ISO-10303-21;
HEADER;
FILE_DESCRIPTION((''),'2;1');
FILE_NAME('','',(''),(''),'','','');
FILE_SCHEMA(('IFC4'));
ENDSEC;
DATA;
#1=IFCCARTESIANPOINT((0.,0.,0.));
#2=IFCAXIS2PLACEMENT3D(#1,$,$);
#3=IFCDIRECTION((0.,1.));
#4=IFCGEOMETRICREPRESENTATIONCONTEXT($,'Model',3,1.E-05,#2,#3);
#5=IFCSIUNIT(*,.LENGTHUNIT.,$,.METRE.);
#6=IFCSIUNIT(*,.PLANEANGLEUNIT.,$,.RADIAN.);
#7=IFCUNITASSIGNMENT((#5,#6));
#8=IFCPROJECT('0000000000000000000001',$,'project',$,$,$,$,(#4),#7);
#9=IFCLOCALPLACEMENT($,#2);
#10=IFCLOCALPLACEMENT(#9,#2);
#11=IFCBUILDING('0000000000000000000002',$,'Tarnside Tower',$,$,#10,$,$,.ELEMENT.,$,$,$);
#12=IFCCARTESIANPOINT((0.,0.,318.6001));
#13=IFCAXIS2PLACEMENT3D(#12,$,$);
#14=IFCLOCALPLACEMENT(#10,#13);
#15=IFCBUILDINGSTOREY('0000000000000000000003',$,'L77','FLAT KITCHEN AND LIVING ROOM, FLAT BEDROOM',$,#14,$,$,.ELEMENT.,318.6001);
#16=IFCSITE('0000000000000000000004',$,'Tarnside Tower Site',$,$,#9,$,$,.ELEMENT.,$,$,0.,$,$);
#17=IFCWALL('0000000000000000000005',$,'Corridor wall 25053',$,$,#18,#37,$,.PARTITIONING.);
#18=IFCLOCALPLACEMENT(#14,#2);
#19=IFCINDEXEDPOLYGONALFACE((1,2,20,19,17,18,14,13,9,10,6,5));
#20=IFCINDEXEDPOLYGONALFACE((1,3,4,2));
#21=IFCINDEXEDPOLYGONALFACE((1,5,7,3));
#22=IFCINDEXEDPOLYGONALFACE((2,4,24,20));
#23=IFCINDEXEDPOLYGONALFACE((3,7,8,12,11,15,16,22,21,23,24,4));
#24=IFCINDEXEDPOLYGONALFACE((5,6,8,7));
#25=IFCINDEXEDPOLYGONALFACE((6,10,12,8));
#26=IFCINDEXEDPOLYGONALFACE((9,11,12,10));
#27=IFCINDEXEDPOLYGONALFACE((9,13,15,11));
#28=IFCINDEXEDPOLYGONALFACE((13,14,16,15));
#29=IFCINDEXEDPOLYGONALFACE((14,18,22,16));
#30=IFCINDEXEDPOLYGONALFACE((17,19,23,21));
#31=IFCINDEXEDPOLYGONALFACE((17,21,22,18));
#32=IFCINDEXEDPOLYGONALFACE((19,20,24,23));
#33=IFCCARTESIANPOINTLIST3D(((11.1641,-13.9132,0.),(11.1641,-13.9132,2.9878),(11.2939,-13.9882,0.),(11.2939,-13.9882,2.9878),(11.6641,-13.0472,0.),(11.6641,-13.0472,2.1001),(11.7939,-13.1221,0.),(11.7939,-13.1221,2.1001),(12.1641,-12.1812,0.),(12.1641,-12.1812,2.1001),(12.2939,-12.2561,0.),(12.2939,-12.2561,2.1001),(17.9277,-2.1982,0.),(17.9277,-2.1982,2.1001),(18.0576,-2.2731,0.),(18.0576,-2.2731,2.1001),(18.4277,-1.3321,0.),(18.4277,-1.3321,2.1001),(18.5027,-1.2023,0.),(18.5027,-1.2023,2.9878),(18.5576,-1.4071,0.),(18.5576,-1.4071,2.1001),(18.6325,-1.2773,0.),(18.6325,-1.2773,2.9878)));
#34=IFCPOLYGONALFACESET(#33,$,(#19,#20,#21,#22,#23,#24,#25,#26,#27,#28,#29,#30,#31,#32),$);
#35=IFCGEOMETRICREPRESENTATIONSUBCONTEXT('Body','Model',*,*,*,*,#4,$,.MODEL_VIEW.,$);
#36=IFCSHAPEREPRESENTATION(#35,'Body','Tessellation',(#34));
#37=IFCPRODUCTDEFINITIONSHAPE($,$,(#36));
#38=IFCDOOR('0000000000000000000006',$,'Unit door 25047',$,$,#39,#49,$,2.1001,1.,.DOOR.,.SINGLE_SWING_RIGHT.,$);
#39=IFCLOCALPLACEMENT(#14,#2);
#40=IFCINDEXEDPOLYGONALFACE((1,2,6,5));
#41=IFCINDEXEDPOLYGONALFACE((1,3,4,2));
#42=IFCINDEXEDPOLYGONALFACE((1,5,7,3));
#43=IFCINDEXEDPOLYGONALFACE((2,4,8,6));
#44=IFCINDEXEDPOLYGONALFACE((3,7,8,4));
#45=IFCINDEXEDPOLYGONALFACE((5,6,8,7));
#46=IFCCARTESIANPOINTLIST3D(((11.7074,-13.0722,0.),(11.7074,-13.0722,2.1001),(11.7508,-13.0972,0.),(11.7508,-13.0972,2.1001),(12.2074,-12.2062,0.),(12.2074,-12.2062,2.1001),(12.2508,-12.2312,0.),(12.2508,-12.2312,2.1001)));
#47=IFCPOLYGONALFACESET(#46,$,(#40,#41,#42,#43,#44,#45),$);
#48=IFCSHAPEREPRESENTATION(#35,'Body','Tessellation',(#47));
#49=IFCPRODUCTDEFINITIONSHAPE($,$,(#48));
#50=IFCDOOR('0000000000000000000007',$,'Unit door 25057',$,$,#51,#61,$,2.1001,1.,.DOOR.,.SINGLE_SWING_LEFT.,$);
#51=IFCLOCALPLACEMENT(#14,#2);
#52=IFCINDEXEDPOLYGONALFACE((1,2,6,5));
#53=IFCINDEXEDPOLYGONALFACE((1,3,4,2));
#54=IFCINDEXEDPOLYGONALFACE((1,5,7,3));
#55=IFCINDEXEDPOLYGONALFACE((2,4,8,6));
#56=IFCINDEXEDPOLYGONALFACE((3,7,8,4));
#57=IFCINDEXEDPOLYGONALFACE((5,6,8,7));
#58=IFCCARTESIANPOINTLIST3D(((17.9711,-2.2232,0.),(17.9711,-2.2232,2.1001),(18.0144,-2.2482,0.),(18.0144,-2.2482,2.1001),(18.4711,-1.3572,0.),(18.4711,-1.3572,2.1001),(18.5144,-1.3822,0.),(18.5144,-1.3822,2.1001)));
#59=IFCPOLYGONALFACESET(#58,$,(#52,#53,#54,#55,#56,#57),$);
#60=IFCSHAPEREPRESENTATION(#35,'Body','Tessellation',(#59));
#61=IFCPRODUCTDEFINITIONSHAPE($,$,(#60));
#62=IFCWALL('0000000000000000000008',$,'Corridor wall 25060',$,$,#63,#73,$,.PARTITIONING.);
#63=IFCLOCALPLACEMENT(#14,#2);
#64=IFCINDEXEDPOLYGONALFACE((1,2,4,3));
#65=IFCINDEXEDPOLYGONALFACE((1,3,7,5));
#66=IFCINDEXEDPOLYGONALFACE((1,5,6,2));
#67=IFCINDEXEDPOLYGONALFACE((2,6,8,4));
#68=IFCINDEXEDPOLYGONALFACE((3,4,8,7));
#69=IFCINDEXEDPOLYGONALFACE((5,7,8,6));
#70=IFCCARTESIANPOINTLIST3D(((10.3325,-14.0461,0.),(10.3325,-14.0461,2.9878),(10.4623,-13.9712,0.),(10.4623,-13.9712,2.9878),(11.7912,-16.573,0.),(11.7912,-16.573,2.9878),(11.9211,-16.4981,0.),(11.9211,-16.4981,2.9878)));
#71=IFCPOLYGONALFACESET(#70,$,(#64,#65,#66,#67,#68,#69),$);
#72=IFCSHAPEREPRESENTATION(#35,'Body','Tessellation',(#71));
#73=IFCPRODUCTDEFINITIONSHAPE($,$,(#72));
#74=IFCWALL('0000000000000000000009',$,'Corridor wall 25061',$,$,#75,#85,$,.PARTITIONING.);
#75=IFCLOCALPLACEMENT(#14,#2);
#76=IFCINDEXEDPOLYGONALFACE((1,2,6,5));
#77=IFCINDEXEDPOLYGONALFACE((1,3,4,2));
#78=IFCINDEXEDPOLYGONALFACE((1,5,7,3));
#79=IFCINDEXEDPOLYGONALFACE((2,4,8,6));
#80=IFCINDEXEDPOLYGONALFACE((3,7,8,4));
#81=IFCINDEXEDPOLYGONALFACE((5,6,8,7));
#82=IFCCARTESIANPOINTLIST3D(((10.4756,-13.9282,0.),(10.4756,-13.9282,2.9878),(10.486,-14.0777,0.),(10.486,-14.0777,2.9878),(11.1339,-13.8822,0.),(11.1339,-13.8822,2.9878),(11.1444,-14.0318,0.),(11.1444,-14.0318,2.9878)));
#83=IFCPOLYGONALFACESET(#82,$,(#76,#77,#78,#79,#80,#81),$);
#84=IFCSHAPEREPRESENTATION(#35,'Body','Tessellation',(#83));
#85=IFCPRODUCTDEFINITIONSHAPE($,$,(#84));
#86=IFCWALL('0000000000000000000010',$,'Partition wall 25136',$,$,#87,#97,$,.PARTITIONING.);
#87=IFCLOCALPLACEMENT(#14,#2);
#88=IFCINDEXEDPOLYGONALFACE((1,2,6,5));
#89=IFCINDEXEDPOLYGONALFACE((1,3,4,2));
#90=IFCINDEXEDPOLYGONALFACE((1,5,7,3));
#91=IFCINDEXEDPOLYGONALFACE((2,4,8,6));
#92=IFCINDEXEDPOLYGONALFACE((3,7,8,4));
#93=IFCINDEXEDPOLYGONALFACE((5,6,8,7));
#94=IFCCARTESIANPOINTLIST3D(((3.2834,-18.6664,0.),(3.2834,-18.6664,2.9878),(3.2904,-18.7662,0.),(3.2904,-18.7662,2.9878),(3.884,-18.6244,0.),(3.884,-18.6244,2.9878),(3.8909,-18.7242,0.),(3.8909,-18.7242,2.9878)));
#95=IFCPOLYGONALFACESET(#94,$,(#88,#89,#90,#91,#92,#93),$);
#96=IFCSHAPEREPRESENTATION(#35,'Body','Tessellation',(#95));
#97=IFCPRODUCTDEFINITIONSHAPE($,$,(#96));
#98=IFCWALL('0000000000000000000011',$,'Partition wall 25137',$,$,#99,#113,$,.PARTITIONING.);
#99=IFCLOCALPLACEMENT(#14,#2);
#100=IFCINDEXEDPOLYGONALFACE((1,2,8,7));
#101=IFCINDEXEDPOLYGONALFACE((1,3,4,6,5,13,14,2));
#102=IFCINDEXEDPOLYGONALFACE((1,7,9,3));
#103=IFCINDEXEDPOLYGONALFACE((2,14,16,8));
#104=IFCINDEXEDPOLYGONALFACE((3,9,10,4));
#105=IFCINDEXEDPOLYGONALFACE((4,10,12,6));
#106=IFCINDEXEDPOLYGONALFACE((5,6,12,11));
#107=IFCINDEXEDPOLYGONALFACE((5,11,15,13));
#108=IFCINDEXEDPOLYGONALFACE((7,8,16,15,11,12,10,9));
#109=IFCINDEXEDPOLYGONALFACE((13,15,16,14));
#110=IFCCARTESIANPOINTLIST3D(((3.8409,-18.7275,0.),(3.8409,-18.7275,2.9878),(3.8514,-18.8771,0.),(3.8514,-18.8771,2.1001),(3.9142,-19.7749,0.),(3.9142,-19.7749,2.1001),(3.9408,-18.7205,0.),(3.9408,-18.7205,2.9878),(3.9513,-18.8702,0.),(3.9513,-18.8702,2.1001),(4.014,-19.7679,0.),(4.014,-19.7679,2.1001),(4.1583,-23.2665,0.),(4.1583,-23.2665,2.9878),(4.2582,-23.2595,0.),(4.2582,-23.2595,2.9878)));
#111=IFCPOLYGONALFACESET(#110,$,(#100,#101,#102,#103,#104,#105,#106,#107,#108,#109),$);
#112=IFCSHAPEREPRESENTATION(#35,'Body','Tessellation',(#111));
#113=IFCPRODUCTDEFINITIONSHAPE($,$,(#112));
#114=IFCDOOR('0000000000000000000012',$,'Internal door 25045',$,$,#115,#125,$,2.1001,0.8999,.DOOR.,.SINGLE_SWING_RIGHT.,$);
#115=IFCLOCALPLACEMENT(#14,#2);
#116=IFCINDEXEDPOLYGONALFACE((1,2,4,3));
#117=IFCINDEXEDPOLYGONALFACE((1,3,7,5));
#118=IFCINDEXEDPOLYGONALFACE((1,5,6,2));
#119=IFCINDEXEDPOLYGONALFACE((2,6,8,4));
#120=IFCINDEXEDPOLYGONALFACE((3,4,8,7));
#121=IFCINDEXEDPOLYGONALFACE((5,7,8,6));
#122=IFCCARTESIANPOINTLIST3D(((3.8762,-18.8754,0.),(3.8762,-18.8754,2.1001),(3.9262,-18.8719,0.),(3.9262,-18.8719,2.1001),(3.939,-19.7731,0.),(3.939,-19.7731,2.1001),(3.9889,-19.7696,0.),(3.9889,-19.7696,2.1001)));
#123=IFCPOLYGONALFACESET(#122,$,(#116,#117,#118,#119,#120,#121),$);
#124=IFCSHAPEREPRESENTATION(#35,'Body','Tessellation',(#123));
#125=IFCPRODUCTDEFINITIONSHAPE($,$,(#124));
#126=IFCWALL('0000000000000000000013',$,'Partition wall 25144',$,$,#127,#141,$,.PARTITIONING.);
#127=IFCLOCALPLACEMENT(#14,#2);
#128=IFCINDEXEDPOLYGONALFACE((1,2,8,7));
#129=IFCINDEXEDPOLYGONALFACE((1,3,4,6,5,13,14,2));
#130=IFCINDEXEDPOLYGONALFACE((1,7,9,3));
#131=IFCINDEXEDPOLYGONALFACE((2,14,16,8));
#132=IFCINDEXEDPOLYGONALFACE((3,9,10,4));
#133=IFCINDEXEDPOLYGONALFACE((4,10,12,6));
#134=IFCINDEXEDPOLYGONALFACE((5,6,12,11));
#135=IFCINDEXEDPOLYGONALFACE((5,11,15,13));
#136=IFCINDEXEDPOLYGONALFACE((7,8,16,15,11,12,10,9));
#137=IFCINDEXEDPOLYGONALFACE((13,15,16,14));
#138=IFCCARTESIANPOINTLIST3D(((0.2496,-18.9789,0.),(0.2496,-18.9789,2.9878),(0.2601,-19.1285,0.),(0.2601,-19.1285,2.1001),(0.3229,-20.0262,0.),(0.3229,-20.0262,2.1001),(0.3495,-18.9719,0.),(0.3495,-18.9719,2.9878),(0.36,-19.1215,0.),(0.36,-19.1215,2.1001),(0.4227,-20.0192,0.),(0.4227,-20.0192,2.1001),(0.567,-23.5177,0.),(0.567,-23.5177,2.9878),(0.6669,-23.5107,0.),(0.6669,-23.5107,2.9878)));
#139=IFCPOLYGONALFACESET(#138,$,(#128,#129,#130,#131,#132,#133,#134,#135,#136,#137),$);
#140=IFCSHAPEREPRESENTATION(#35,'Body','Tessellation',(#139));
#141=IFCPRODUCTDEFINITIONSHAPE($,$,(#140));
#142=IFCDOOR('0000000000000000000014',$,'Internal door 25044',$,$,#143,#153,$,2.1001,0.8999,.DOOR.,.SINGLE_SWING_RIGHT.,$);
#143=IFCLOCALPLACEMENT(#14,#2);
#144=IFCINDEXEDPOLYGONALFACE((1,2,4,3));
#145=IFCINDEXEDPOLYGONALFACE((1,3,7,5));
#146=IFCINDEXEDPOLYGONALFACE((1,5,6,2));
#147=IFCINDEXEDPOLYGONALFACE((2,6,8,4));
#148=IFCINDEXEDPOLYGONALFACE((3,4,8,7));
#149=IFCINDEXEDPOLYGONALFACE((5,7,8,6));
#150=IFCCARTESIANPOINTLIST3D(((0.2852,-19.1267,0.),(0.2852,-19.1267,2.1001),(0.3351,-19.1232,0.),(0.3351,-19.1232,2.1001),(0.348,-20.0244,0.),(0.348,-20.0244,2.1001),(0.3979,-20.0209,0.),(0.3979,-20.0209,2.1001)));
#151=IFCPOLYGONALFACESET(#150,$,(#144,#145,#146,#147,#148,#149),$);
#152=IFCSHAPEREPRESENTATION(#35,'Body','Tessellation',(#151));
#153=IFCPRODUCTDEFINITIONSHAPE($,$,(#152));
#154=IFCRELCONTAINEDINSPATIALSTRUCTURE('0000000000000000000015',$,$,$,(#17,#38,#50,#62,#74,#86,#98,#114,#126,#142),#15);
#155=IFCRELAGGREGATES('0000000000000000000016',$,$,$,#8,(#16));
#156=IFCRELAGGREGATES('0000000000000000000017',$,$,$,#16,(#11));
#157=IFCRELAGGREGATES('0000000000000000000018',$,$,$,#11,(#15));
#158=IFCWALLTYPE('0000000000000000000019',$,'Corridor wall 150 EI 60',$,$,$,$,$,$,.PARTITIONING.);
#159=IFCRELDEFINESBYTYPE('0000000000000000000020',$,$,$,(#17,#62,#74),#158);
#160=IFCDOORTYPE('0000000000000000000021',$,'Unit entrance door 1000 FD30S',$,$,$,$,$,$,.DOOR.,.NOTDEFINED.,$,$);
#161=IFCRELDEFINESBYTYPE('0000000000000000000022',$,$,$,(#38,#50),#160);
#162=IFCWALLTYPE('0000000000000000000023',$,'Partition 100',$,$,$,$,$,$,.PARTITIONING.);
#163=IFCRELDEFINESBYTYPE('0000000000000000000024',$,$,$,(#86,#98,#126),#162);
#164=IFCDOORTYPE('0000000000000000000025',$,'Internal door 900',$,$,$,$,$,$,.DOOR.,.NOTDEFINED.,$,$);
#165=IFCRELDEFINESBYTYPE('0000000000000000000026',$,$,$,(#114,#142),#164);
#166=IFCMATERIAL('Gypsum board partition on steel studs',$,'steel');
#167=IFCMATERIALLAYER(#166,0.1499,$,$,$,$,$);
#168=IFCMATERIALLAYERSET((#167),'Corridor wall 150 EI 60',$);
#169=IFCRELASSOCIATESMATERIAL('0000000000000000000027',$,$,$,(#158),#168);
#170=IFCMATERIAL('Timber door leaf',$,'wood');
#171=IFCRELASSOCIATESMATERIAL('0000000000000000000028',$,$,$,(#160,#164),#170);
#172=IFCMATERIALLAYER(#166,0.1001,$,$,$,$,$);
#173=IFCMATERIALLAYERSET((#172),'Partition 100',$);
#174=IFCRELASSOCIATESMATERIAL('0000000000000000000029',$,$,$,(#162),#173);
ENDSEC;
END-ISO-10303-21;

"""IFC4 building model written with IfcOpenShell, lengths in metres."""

from ifc_helpers import new_model, si_unit, direction, frame, frame_2d, origin, place, context, subcontext, project, spatial, rectangle, extrude, material, layer, layer_set, type_object, element, fill, save


model = new_model("IFC4")

# Units and contexts
model_context = context("Model", 3, precision=1e-05, world=origin(), true_north=direction((0.0, 1.0)))
body_context = subcontext(model_context, "Body", "Model", "MODEL_VIEW")
ifc_project = project(units=[si_unit("LENGTHUNIT", "METRE"), si_unit("PLANEANGLEUNIT", "RADIAN")], contexts=[model_context])

# Site, building, storey
site_placement = place(None, origin())
site = spatial("IfcSite", under=ifc_project, at=site_placement, Name="Tarnside Tower Site", CompositionType="ELEMENT", RefElevation=0.0)
building_placement = place(site_placement, origin())
building = spatial("IfcBuilding", under=site, at=building_placement, Name="Tarnside Tower", CompositionType="ELEMENT")
storey_placement = place(building_placement, frame((0.0, 0.0, 318.6001)))
storey = spatial("IfcBuildingStorey", under=building, at=storey_placement, Name="L77", Description="FLAT KITCHEN AND LIVING ROOM, FLAT BEDROOM", CompositionType="ELEMENT", Elevation=318.6001)

# Shared definitions
ifc_material_1 = material(Name="Gypsum board partition on steel studs", Category="steel")

# Shared definitions
ifc_material_2 = material(Name="Timber door leaf", Category="wood")

# Shared definitions
ifc_layer_1 = layer(ifc_material_1, 0.1499)
ifc_layer_set_1 = layer_set([ifc_layer_1], Name="Corridor wall 150 EI 60")
wall_type_1 = type_object("IfcWallType", Name="Corridor wall 150 EI 60", PredefinedType="PARTITIONING", material=ifc_layer_set_1)

# Wall, openings, doors
wall_1_placement = place(storey_placement, frame((11.229, -13.9507, 0.0), z_axis=(0.0, 0.0, 1.0), x_axis=(0.499998, 0.866027, 0.0)))
wall_1 = element("IfcWall", 1, at=wall_1_placement, inside=storey, type_object=wall_type_1, Name="Corridor wall 25053", PredefinedType="PARTITIONING", context=body_context, shape_type="SweptSolid", body=[
    extrude(rectangle(XDim=14.6772, YDim=0.1499, at=frame_2d((7.3386, 0.0))), origin(), (0.0, 0.0, 1.0), 2.9878),
])
opening_1_placement = place(wall_1_placement, frame((1.0, 0.0, 0.0)))
opening_1 = element("IfcOpeningElement", 2, at=opening_1_placement, cuts=wall_1, PredefinedType="OPENING", context=body_context, shape_type="SweptSolid", body=[
    extrude(rectangle(XDim=1.0, YDim=2.1001, at=frame_2d((0.5, 1.05))), frame((0.0, 0.085, 0.0), z_axis=(0.0, -1.0, 0.0), x_axis=(1.0, 0.0, 0.0)), (0.0, 0.0, 1.0), 0.1699),
])
opening_2_placement = place(wall_1_placement, frame((13.5273, 0.0, 0.0)))
opening_2 = element("IfcOpeningElement", 3, at=opening_2_placement, cuts=wall_1, PredefinedType="OPENING", context=body_context, shape_type="SweptSolid", body=[
    extrude(rectangle(XDim=1.0, YDim=2.1001, at=frame_2d((0.5, 1.05))), frame((0.0, 0.085, 0.0), z_axis=(0.0, -1.0, 0.0), x_axis=(1.0, 0.0, 0.0)), (0.0, 0.0, 1.0), 0.1699),
])
door_type_1 = type_object("IfcDoorType", Name="Unit entrance door 1000 FD30S", OperationType="NOTDEFINED", PredefinedType="DOOR", material=ifc_material_2)
door_1_placement = place(opening_1_placement, origin())
door_1 = element("IfcDoor", 4, at=door_1_placement, inside=storey, type_object=door_type_1, Name="Unit door 25047", OperationType="SINGLE_SWING_RIGHT", OverallHeight=2.1001, OverallWidth=1.0, PredefinedType="DOOR", context=body_context, shape_type="SweptSolid", body=[
    extrude(rectangle(XDim=1.0, YDim=2.1001, at=frame_2d((0.5, 1.05))), frame((0.0, 0.0249, 0.0), z_axis=(0.0, -1.0, 0.0), x_axis=(1.0, 0.0, 0.0)), (0.0, 0.0, 1.0), 0.05),
])
fill(opening_1, door_1)
door_2_placement = place(opening_2_placement, origin())
door_2 = element("IfcDoor", 5, at=door_2_placement, inside=storey, type_object=door_type_1, Name="Unit door 25057", OperationType="SINGLE_SWING_LEFT", OverallHeight=2.1001, OverallWidth=1.0, PredefinedType="DOOR", context=body_context, shape_type="SweptSolid", body=[
    extrude(rectangle(XDim=1.0, YDim=2.1001, at=frame_2d((0.5, 1.05))), frame((0.0, 0.0249, 0.0), z_axis=(0.0, -1.0, 0.0), x_axis=(1.0, 0.0, 0.0)), (0.0, 0.0, 1.0), 0.05),
])
fill(opening_2, door_2)

# Walls
wall_2_placement = place(storey_placement, frame((11.8562, -16.5356, 0.0), z_axis=(0.0, 0.0, 1.0), x_axis=(-0.499964, 0.866046, 0.0)))
element("IfcWall", 6, at=wall_2_placement, inside=storey, type_object=wall_type_1, Name="Corridor wall 25060", PredefinedType="PARTITIONING", context=body_context, shape_type="SweptSolid", body=[
    extrude(rectangle(XDim=2.9177, YDim=0.1499, at=frame_2d((1.459, 0.0))), origin(), (0.0, 0.0, 1.0), 2.9878),
])
wall_3_placement = place(storey_placement, frame((10.4807, -14.0029, 0.0), z_axis=(0.0, 0.0, 1.0), x_axis=(0.997577, 0.069564, 0.0)))
element("IfcWall", 7, at=wall_3_placement, inside=storey, type_object=wall_type_1, Name="Corridor wall 25061", PredefinedType="PARTITIONING", context=body_context, shape_type="SweptSolid", body=[
    extrude(rectangle(XDim=0.6599, YDim=0.1499, at=frame_2d((0.3301, 0.0))), origin(), (0.0, 0.0, 1.0), 2.9878),
])
ifc_layer_2 = layer(ifc_material_1, 0.1001)
ifc_layer_set_2 = layer_set([ifc_layer_2], Name="Partition 100")
wall_type_2 = type_object("IfcWallType", Name="Partition 100", PredefinedType="PARTITIONING", material=ifc_layer_set_2)
wall_4_placement = place(storey_placement, frame((3.2869, -18.7163, 0.0), z_axis=(0.0, 0.0, 1.0), x_axis=(0.997565, 0.069748, 0.0)))
element("IfcWall", 8, at=wall_4_placement, inside=storey, type_object=wall_type_2, Name="Partition wall 25136", PredefinedType="PARTITIONING", context=body_context, shape_type="SweptSolid", body=[
    extrude(rectangle(XDim=0.6021, YDim=0.1001, at=frame_2d((0.301, 0.0))), origin(), (0.0, 0.0, 1.0), 2.9878),
])

# Walls, openings, doors
wall_5_placement = place(storey_placement, frame((3.8909, -18.7241, 0.0), z_axis=(0.0, 0.0, 1.0), x_axis=(0.069752, -0.997564, 0.0)))
wall_5 = element("IfcWall", 9, at=wall_5_placement, inside=storey, type_object=wall_type_2, Name="Partition wall 25137", PredefinedType="PARTITIONING", context=body_context, shape_type="SweptSolid", body=[
    extrude(rectangle(XDim=4.55, YDim=0.1001, at=frame_2d((2.2749, 0.0))), origin(), (0.0, 0.0, 1.0), 2.9878),
])
opening_3_placement = place(wall_5_placement, frame((0.1499, 0.0, 0.0)))
opening_3 = element("IfcOpeningElement", 10, at=opening_3_placement, cuts=wall_5, PredefinedType="OPENING", context=body_context, shape_type="SweptSolid", body=[
    extrude(rectangle(XDim=0.8999, YDim=2.1001, at=frame_2d((0.45, 1.05))), frame((0.0, 0.0601, 0.0), z_axis=(0.0, -1.0, 0.0), x_axis=(1.0, 0.0, 0.0)), (0.0, 0.0, 1.0), 0.1201),
])
door_type_2 = type_object("IfcDoorType", Name="Internal door 900", OperationType="NOTDEFINED", PredefinedType="DOOR", material=ifc_material_2)
door_3_placement = place(opening_3_placement, origin())
door_3 = element("IfcDoor", 11, at=door_3_placement, inside=storey, type_object=door_type_2, Name="Internal door 25045", OperationType="SINGLE_SWING_RIGHT", OverallHeight=2.1001, OverallWidth=0.8999, PredefinedType="DOOR", context=body_context, shape_type="SweptSolid", body=[
    extrude(rectangle(XDim=0.8999, YDim=2.1001, at=frame_2d((0.45, 1.05))), frame((0.0, 0.0249, 0.0), z_axis=(0.0, -1.0, 0.0), x_axis=(1.0, 0.0, 0.0)), (0.0, 0.0, 1.0), 0.05),
])
fill(opening_3, door_3)
wall_6_placement = place(storey_placement, frame((0.6169, -23.5142, 0.0), z_axis=(0.0, 0.0, 1.0), x_axis=(-0.069756, 0.997564, 0.0)))
wall_6 = element("IfcWall", 12, at=wall_6_placement, inside=storey, type_object=wall_type_2, Name="Partition wall 25144", PredefinedType="PARTITIONING", context=body_context, shape_type="SweptSolid", body=[
    extrude(rectangle(XDim=4.5498, YDim=0.1001, at=frame_2d((2.2749, 0.0))), origin(), (0.0, 0.0, 1.0), 2.9878),
])
opening_4_placement = place(wall_6_placement, frame((3.5, 0.0, 0.0)))
opening_4 = element("IfcOpeningElement", 13, at=opening_4_placement, cuts=wall_6, PredefinedType="OPENING", context=body_context, shape_type="SweptSolid", body=[
    extrude(rectangle(XDim=0.8999, YDim=2.1001, at=frame_2d((0.45, 1.05))), frame((0.0, 0.0601, 0.0), z_axis=(0.0, -1.0, 0.0), x_axis=(1.0, 0.0, 0.0)), (0.0, 0.0, 1.0), 0.1201),
])
door_4_placement = place(opening_4_placement, origin())
door_4 = element("IfcDoor", 14, at=door_4_placement, inside=storey, type_object=door_type_2, Name="Internal door 25044", OperationType="SINGLE_SWING_RIGHT", OverallHeight=2.1001, OverallWidth=0.8999, PredefinedType="DOOR", context=body_context, shape_type="SweptSolid", body=[
    extrude(rectangle(XDim=0.8999, YDim=2.1001, at=frame_2d((0.45, 1.05))), frame((0.0, 0.0249, 0.0), z_axis=(0.0, -1.0, 0.0), x_axis=(1.0, 0.0, 0.0)), (0.0, 0.0, 1.0), 0.05),
])
fill(opening_4, door_4)

save(model, "model.ifc")
